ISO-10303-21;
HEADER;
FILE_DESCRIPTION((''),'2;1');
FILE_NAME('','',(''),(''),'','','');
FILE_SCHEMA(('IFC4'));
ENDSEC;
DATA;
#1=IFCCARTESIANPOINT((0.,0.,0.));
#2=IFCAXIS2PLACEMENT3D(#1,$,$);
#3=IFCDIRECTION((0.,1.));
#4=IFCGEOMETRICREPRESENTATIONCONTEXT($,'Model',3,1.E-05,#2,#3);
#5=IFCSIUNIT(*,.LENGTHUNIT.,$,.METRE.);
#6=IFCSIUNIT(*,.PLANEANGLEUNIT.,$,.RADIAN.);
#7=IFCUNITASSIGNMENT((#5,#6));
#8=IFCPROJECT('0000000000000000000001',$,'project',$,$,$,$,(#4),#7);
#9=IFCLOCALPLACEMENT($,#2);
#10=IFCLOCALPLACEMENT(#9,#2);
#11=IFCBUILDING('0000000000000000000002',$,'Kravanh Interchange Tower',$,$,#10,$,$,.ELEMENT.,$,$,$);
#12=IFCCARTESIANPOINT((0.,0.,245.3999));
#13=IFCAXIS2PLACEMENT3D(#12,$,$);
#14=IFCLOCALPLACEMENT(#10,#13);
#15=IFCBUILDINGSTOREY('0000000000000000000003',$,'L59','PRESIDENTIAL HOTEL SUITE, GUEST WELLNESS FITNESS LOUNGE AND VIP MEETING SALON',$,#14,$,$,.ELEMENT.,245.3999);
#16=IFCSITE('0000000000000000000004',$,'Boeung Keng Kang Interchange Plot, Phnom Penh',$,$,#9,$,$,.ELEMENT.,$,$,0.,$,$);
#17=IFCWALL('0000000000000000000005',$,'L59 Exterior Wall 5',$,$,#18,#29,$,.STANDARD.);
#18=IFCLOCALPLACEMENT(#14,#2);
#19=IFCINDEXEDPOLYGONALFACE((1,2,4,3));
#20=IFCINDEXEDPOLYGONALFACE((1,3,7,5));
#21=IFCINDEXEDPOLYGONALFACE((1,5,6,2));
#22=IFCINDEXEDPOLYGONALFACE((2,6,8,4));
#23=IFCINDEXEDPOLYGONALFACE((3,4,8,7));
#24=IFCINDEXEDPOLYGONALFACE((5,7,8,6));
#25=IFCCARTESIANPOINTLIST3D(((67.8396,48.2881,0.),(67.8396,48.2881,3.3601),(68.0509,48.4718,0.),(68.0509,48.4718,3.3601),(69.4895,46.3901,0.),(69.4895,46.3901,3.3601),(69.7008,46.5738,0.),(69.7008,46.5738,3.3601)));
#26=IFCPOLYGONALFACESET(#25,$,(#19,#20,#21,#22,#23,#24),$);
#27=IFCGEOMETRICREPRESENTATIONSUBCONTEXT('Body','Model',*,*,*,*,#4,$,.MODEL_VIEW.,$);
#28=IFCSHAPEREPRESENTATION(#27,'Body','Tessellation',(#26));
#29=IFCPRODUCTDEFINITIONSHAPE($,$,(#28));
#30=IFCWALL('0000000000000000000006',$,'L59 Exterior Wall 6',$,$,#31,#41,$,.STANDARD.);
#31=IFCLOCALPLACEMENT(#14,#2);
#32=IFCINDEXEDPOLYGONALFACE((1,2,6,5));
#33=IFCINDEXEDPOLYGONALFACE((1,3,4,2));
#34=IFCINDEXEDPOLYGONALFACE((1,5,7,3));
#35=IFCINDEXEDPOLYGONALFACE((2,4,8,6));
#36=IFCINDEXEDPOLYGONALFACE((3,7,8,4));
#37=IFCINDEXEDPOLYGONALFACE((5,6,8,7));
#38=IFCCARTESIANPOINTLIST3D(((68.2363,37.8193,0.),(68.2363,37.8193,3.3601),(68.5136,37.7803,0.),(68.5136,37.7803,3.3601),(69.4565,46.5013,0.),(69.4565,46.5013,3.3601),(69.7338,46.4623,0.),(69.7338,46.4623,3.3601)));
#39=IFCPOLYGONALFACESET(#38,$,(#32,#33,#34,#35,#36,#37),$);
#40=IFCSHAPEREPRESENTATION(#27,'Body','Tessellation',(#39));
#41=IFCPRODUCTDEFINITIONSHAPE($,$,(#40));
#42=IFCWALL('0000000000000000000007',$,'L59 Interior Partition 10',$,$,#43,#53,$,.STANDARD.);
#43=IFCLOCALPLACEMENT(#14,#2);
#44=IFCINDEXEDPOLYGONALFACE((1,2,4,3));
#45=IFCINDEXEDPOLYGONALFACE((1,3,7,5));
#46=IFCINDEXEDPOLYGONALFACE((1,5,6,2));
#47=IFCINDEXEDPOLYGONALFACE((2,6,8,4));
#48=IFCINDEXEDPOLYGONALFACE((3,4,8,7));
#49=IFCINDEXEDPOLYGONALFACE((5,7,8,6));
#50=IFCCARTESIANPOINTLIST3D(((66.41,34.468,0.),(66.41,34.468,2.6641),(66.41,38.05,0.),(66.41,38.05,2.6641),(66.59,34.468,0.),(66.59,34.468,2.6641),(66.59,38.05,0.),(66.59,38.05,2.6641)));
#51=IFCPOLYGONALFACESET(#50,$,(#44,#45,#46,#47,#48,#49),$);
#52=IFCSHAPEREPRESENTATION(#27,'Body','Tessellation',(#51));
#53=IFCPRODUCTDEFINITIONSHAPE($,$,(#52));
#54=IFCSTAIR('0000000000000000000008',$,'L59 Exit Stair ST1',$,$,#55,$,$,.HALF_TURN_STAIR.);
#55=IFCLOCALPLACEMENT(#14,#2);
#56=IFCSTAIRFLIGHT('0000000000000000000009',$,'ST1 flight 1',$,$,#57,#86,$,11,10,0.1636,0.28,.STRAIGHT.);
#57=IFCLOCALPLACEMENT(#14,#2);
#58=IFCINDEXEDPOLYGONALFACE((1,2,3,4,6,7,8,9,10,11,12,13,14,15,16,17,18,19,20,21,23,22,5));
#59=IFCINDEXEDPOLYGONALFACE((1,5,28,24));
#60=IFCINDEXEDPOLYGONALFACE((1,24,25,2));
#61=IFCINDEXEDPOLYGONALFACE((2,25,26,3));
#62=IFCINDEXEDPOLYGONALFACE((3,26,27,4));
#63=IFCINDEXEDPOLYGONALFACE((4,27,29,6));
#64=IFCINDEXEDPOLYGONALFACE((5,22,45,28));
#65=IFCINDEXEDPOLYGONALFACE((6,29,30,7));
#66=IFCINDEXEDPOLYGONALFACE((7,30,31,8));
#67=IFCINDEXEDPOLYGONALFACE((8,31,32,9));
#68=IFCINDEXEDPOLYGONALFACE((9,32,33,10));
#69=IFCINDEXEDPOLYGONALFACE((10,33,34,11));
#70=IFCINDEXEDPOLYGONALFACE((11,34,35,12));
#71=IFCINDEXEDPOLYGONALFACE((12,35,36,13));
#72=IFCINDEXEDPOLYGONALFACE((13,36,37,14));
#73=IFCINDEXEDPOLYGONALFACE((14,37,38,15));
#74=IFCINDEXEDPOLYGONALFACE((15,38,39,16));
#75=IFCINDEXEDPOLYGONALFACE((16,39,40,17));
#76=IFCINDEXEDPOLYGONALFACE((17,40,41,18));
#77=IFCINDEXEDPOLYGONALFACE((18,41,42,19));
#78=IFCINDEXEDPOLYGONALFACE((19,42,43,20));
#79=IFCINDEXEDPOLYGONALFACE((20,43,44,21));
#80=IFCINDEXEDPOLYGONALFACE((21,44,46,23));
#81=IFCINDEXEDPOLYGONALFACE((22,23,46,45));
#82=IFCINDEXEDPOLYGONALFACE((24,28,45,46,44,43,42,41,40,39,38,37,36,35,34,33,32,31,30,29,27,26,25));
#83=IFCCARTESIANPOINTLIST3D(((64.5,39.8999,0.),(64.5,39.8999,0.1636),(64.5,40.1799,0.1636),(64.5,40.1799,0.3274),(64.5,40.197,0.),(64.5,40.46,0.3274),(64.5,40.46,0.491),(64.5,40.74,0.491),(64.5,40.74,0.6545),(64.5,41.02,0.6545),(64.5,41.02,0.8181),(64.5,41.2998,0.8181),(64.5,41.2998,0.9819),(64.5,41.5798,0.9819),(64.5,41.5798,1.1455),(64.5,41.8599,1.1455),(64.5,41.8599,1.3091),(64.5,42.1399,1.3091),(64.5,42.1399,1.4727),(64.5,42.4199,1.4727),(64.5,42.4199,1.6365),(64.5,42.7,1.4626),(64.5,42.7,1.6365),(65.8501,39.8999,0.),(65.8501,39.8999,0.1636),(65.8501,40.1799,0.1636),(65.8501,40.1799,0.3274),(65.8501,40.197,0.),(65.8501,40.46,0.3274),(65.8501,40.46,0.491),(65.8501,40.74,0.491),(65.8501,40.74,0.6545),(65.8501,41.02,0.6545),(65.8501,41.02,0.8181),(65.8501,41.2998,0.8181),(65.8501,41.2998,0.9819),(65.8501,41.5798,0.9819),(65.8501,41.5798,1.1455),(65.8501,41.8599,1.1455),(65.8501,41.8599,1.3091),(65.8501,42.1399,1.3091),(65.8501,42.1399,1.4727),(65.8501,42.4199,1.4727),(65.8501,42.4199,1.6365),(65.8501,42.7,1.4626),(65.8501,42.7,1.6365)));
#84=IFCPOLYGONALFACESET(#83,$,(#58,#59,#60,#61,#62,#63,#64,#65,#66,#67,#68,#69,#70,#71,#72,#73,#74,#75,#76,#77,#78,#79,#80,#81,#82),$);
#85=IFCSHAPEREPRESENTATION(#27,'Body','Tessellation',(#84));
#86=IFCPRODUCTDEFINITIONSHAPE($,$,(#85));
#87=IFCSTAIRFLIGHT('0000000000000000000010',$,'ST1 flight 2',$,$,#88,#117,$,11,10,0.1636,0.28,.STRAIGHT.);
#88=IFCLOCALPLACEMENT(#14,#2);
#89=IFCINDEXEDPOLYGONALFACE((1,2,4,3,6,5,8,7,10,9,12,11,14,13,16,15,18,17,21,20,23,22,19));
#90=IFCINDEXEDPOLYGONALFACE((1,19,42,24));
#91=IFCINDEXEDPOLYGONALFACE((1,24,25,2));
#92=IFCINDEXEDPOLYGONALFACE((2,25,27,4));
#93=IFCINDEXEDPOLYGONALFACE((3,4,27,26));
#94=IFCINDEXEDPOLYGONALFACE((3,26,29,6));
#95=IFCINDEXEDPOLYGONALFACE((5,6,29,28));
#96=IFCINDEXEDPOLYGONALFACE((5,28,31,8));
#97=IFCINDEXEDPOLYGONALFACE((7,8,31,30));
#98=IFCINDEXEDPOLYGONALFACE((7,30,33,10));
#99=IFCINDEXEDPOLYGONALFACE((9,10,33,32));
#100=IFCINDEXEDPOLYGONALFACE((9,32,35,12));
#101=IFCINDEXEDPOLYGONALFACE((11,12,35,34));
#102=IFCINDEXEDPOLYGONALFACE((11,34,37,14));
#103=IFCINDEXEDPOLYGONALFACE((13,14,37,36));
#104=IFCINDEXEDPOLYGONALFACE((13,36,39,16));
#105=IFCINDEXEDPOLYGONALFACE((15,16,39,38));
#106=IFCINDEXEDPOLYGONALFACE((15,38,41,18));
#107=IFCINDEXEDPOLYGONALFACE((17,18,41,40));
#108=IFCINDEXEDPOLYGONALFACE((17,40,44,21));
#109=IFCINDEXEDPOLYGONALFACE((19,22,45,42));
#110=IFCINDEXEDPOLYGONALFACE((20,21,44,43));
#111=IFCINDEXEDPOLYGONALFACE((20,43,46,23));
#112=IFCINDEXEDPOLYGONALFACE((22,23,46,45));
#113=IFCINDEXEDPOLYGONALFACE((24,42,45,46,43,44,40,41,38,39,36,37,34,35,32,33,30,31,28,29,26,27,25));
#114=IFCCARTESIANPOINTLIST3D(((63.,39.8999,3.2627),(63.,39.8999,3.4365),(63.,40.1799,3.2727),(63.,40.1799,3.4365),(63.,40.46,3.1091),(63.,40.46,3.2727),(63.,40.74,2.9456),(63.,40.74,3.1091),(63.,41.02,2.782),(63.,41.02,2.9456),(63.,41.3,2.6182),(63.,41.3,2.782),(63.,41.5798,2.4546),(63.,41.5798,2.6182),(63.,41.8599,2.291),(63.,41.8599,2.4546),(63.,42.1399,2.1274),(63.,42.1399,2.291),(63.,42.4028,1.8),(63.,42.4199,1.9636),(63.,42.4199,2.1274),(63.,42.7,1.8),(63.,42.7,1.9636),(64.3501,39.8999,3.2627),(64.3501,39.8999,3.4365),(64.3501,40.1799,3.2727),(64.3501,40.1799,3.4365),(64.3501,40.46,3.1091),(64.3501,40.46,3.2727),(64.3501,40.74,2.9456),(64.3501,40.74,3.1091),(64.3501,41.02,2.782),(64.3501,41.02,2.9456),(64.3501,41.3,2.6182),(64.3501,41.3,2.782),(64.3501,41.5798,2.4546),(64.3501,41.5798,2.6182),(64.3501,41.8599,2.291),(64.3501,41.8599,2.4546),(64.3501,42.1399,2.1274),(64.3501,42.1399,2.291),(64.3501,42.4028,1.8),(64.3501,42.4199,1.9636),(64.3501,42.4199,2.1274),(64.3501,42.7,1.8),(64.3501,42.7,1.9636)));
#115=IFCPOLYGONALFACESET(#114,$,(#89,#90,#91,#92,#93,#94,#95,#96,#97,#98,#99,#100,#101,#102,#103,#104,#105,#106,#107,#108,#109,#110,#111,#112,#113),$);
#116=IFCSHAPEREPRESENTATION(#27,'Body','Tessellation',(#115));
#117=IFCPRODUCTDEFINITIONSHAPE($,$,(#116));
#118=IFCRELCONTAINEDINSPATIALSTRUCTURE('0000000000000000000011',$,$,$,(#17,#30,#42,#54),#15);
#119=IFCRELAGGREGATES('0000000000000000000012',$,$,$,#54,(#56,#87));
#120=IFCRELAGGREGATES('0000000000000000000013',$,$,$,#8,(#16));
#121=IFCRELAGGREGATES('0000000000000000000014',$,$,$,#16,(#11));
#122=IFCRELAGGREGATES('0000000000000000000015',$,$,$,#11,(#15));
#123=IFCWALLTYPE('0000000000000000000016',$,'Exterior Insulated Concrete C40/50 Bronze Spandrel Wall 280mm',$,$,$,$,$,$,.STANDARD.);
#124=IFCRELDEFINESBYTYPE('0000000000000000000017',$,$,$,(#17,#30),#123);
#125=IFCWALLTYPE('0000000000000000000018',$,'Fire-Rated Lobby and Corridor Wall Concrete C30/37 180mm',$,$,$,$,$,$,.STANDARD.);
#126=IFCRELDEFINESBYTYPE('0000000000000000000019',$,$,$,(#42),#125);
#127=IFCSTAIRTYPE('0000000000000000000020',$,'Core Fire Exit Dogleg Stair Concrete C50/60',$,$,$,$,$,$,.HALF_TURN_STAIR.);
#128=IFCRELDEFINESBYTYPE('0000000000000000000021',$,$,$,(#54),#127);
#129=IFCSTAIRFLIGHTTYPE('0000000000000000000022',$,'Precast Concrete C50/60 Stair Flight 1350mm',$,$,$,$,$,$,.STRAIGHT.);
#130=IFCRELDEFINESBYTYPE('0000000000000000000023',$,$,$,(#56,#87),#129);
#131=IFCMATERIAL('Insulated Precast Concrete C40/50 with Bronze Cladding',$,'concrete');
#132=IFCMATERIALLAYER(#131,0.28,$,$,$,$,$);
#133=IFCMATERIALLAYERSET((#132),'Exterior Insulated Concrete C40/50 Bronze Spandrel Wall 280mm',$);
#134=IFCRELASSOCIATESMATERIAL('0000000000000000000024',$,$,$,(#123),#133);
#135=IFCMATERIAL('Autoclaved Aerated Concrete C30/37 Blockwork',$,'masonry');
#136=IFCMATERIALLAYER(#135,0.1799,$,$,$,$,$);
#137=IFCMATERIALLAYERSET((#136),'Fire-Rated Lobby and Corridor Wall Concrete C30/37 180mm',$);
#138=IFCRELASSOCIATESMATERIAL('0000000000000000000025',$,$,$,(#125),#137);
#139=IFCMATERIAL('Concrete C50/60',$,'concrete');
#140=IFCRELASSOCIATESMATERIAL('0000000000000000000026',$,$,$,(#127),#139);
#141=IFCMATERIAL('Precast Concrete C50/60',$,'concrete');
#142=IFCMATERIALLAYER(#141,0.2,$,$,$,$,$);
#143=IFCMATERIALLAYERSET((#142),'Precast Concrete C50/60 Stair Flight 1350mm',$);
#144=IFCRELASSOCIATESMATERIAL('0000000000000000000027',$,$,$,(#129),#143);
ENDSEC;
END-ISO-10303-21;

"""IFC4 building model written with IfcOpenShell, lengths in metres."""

from ifc_helpers import new_model, si_unit, direction, frame, frame_2d, origin, place, context, subcontext, project, spatial, polyline, rectangle, outline, extrude, material, layer, layer_set, type_object, element, aggregate, save


model = new_model("IFC4")

# Units and contexts
model_context = context("Model", 3, precision=1e-05, world=origin(), true_north=direction((0.0, 1.0)))
body_context = subcontext(model_context, "Body", "Model", "MODEL_VIEW")
ifc_project = project(units=[si_unit("LENGTHUNIT", "METRE"), si_unit("PLANEANGLEUNIT", "RADIAN")], contexts=[model_context])

# Site, building, storey
site_placement = place(None, origin())
site = spatial("IfcSite", under=ifc_project, at=site_placement, Name="Boeung Keng Kang Interchange Plot, Phnom Penh", CompositionType="ELEMENT", RefElevation=0.0)
building_placement = place(site_placement, origin())
building = spatial("IfcBuilding", under=site, at=building_placement, Name="Kravanh Interchange Tower", CompositionType="ELEMENT")
storey_placement = place(building_placement, frame((0.0, 0.0, 245.3999)))
storey = spatial("IfcBuildingStorey", under=building, at=storey_placement, Name="L59", Description="PRESIDENTIAL HOTEL SUITE, GUEST WELLNESS FITNESS LOUNGE AND VIP MEETING SALON", CompositionType="ELEMENT", Elevation=245.3999)

# Walls
ifc_material_1 = material(Name="Insulated Precast Concrete C40/50 with Bronze Cladding", Category="concrete")
ifc_layer_1 = layer(ifc_material_1, 0.28)
ifc_layer_set_1 = layer_set([ifc_layer_1], Name="Exterior Insulated Concrete C40/50 Bronze Spandrel Wall 280mm")
wall_type_1 = type_object("IfcWallType", Name="Exterior Insulated Concrete C40/50 Bronze Spandrel Wall 280mm", PredefinedType="STANDARD", material=ifc_layer_set_1)
wall_1_placement = place(storey_placement, frame((67.9453, 48.3799, 0.0), z_axis=(0.0, 0.0, 1.0), x_axis=(0.656068, -0.754702, 0.0)))
element("IfcWall", 1, at=wall_1_placement, inside=storey, type_object=wall_type_1, Name="L59 Exterior Wall 5", PredefinedType="STANDARD", context=body_context, shape_type="SweptSolid", body=[
    extrude(rectangle(XDim=2.5149, YDim=0.28, at=frame_2d((1.2573, 0.0))), origin(), (0.0, 0.0, 1.0), 3.3601),
])
wall_2_placement = place(storey_placement, frame((69.5952, 46.4819, 0.0), z_axis=(0.0, 0.0, 1.0), x_axis=(-0.139179, -0.990267, 0.0)))
element("IfcWall", 2, at=wall_2_placement, inside=storey, type_object=wall_type_1, Name="L59 Exterior Wall 6", PredefinedType="STANDARD", context=body_context, shape_type="SweptSolid", body=[
    extrude(rectangle(XDim=8.7673, YDim=0.28, at=frame_2d((4.3838, 0.0))), origin(), (0.0, 0.0, 1.0), 3.3601),
])
ifc_material_2 = material(Name="Autoclaved Aerated Concrete C30/37 Blockwork", Category="masonry")
ifc_layer_2 = layer(ifc_material_2, 0.1799)
ifc_layer_set_2 = layer_set([ifc_layer_2], Name="Fire-Rated Lobby and Corridor Wall Concrete C30/37 180mm")
wall_type_2 = type_object("IfcWallType", Name="Fire-Rated Lobby and Corridor Wall Concrete C30/37 180mm", PredefinedType="STANDARD", material=ifc_layer_set_2)
wall_3_placement = place(storey_placement, frame((66.5, 34.468, 0.0), z_axis=(0.0, 0.0, 1.0), x_axis=(0.0, 1.0, 0.0)))
element("IfcWall", 3, at=wall_3_placement, inside=storey, type_object=wall_type_2, Name="L59 Interior Partition 10", PredefinedType="STANDARD", context=body_context, shape_type="SweptSolid", body=[
    extrude(rectangle(XDim=3.582, YDim=0.1799, at=frame_2d((1.791, 0.0))), origin(), (0.0, 0.0, 1.0), 2.6641),
])

# Stair, stair flights
ifc_material_3 = material(Name="Concrete C50/60", Category="concrete")
stair_type = type_object("IfcStairType", Name="Core Fire Exit Dogleg Stair Concrete C50/60", PredefinedType="HALF_TURN_STAIR", material=ifc_material_3)
stair_placement = place(storey_placement, origin())
stair = element("IfcStair", 4, at=stair_placement, inside=storey, type_object=stair_type, Name="L59 Exit Stair ST1", PredefinedType="HALF_TURN_STAIR")
ifc_material_4 = material(Name="Precast Concrete C50/60", Category="concrete")
ifc_layer_3 = layer(ifc_material_4, 0.2)
ifc_layer_set_3 = layer_set([ifc_layer_3], Name="Precast Concrete C50/60 Stair Flight 1350mm")
stair_flight_type = type_object("IfcStairFlightType", Name="Precast Concrete C50/60 Stair Flight 1350mm", PredefinedType="STRAIGHT", material=ifc_layer_set_3)
stair_flight_1_placement = place(storey_placement, frame((65.175, 39.8999, 0.0), z_axis=(0.0, 0.0, 1.0), x_axis=(0.0, 1.0, 0.0)))
stair_flight_1 = element("IfcStairFlight", 5, at=stair_flight_1_placement, type_object=stair_flight_type, Name="ST1 flight 1", NumberOfRisers=11, NumberOfTreads=10, PredefinedType="STRAIGHT", RiserHeight=0.1636, TreadLength=0.28, context=body_context, shape_type="SweptSolid", body=[
    extrude(outline(polyline([(0.0, 0.0), (0.0, 0.1636), (0.28, 0.1636), (0.28, 0.3274), (0.5601, 0.3274), (0.5601, 0.491), (0.8401, 0.491), (0.8401, 0.6545), (1.1201, 0.6545), (1.1201, 0.8181), (1.3999, 0.8181), (1.3999, 0.9819), (1.6799, 0.9819), (1.6799, 1.1455), (1.96, 1.1455), (1.96, 1.3091), (2.24, 1.3091), (2.24, 1.4727), (2.52, 1.4727), (2.52, 1.6365), (2.8, 1.6365), (2.8, 1.8), (2.8, 1.4626), (0.2971, 0.0), (0.0, 0.0)])), frame((0.0, 0.675, 0.0), z_axis=(0.0, -1.0, 0.0), x_axis=(1.0, 0.0, 0.0)), (0.0, 0.0, 1.0), 1.3501),
])
stair_flight_2_placement = place(storey_placement, frame((63.675, 42.7, 1.8), z_axis=(0.0, 0.0, 1.0), x_axis=(0.0, -1.0, 0.0)))
stair_flight_2 = element("IfcStairFlight", 6, at=stair_flight_2_placement, type_object=stair_flight_type, Name="ST1 flight 2", NumberOfRisers=11, NumberOfTreads=10, PredefinedType="STRAIGHT", RiserHeight=0.1636, TreadLength=0.28, context=body_context, shape_type="SweptSolid", body=[
    extrude(outline(polyline([(0.0, 0.0), (0.0, 0.1636), (0.28, 0.1636), (0.28, 0.3274), (0.5601, 0.3274), (0.5601, 0.491), (0.8401, 0.491), (0.8401, 0.6545), (1.1201, 0.6545), (1.1201, 0.8181), (1.3999, 0.8181), (1.3999, 0.9819), (1.6799, 0.9819), (1.6799, 1.1455), (1.96, 1.1455), (1.96, 1.3091), (2.24, 1.3091), (2.24, 1.4727), (2.52, 1.4727), (2.52, 1.6365), (2.8, 1.6365), (2.8, 1.8), (2.8, 1.4626), (0.2971, 0.0), (0.0, 0.0)])), frame((0.0, 0.675, 0.0), z_axis=(0.0, -1.0, 0.0), x_axis=(1.0, 0.0, 0.0)), (0.0, 0.0, 1.0), 1.3501),
])
aggregate(stair, [stair_flight_1, stair_flight_2])

save(model, "model.ifc")
